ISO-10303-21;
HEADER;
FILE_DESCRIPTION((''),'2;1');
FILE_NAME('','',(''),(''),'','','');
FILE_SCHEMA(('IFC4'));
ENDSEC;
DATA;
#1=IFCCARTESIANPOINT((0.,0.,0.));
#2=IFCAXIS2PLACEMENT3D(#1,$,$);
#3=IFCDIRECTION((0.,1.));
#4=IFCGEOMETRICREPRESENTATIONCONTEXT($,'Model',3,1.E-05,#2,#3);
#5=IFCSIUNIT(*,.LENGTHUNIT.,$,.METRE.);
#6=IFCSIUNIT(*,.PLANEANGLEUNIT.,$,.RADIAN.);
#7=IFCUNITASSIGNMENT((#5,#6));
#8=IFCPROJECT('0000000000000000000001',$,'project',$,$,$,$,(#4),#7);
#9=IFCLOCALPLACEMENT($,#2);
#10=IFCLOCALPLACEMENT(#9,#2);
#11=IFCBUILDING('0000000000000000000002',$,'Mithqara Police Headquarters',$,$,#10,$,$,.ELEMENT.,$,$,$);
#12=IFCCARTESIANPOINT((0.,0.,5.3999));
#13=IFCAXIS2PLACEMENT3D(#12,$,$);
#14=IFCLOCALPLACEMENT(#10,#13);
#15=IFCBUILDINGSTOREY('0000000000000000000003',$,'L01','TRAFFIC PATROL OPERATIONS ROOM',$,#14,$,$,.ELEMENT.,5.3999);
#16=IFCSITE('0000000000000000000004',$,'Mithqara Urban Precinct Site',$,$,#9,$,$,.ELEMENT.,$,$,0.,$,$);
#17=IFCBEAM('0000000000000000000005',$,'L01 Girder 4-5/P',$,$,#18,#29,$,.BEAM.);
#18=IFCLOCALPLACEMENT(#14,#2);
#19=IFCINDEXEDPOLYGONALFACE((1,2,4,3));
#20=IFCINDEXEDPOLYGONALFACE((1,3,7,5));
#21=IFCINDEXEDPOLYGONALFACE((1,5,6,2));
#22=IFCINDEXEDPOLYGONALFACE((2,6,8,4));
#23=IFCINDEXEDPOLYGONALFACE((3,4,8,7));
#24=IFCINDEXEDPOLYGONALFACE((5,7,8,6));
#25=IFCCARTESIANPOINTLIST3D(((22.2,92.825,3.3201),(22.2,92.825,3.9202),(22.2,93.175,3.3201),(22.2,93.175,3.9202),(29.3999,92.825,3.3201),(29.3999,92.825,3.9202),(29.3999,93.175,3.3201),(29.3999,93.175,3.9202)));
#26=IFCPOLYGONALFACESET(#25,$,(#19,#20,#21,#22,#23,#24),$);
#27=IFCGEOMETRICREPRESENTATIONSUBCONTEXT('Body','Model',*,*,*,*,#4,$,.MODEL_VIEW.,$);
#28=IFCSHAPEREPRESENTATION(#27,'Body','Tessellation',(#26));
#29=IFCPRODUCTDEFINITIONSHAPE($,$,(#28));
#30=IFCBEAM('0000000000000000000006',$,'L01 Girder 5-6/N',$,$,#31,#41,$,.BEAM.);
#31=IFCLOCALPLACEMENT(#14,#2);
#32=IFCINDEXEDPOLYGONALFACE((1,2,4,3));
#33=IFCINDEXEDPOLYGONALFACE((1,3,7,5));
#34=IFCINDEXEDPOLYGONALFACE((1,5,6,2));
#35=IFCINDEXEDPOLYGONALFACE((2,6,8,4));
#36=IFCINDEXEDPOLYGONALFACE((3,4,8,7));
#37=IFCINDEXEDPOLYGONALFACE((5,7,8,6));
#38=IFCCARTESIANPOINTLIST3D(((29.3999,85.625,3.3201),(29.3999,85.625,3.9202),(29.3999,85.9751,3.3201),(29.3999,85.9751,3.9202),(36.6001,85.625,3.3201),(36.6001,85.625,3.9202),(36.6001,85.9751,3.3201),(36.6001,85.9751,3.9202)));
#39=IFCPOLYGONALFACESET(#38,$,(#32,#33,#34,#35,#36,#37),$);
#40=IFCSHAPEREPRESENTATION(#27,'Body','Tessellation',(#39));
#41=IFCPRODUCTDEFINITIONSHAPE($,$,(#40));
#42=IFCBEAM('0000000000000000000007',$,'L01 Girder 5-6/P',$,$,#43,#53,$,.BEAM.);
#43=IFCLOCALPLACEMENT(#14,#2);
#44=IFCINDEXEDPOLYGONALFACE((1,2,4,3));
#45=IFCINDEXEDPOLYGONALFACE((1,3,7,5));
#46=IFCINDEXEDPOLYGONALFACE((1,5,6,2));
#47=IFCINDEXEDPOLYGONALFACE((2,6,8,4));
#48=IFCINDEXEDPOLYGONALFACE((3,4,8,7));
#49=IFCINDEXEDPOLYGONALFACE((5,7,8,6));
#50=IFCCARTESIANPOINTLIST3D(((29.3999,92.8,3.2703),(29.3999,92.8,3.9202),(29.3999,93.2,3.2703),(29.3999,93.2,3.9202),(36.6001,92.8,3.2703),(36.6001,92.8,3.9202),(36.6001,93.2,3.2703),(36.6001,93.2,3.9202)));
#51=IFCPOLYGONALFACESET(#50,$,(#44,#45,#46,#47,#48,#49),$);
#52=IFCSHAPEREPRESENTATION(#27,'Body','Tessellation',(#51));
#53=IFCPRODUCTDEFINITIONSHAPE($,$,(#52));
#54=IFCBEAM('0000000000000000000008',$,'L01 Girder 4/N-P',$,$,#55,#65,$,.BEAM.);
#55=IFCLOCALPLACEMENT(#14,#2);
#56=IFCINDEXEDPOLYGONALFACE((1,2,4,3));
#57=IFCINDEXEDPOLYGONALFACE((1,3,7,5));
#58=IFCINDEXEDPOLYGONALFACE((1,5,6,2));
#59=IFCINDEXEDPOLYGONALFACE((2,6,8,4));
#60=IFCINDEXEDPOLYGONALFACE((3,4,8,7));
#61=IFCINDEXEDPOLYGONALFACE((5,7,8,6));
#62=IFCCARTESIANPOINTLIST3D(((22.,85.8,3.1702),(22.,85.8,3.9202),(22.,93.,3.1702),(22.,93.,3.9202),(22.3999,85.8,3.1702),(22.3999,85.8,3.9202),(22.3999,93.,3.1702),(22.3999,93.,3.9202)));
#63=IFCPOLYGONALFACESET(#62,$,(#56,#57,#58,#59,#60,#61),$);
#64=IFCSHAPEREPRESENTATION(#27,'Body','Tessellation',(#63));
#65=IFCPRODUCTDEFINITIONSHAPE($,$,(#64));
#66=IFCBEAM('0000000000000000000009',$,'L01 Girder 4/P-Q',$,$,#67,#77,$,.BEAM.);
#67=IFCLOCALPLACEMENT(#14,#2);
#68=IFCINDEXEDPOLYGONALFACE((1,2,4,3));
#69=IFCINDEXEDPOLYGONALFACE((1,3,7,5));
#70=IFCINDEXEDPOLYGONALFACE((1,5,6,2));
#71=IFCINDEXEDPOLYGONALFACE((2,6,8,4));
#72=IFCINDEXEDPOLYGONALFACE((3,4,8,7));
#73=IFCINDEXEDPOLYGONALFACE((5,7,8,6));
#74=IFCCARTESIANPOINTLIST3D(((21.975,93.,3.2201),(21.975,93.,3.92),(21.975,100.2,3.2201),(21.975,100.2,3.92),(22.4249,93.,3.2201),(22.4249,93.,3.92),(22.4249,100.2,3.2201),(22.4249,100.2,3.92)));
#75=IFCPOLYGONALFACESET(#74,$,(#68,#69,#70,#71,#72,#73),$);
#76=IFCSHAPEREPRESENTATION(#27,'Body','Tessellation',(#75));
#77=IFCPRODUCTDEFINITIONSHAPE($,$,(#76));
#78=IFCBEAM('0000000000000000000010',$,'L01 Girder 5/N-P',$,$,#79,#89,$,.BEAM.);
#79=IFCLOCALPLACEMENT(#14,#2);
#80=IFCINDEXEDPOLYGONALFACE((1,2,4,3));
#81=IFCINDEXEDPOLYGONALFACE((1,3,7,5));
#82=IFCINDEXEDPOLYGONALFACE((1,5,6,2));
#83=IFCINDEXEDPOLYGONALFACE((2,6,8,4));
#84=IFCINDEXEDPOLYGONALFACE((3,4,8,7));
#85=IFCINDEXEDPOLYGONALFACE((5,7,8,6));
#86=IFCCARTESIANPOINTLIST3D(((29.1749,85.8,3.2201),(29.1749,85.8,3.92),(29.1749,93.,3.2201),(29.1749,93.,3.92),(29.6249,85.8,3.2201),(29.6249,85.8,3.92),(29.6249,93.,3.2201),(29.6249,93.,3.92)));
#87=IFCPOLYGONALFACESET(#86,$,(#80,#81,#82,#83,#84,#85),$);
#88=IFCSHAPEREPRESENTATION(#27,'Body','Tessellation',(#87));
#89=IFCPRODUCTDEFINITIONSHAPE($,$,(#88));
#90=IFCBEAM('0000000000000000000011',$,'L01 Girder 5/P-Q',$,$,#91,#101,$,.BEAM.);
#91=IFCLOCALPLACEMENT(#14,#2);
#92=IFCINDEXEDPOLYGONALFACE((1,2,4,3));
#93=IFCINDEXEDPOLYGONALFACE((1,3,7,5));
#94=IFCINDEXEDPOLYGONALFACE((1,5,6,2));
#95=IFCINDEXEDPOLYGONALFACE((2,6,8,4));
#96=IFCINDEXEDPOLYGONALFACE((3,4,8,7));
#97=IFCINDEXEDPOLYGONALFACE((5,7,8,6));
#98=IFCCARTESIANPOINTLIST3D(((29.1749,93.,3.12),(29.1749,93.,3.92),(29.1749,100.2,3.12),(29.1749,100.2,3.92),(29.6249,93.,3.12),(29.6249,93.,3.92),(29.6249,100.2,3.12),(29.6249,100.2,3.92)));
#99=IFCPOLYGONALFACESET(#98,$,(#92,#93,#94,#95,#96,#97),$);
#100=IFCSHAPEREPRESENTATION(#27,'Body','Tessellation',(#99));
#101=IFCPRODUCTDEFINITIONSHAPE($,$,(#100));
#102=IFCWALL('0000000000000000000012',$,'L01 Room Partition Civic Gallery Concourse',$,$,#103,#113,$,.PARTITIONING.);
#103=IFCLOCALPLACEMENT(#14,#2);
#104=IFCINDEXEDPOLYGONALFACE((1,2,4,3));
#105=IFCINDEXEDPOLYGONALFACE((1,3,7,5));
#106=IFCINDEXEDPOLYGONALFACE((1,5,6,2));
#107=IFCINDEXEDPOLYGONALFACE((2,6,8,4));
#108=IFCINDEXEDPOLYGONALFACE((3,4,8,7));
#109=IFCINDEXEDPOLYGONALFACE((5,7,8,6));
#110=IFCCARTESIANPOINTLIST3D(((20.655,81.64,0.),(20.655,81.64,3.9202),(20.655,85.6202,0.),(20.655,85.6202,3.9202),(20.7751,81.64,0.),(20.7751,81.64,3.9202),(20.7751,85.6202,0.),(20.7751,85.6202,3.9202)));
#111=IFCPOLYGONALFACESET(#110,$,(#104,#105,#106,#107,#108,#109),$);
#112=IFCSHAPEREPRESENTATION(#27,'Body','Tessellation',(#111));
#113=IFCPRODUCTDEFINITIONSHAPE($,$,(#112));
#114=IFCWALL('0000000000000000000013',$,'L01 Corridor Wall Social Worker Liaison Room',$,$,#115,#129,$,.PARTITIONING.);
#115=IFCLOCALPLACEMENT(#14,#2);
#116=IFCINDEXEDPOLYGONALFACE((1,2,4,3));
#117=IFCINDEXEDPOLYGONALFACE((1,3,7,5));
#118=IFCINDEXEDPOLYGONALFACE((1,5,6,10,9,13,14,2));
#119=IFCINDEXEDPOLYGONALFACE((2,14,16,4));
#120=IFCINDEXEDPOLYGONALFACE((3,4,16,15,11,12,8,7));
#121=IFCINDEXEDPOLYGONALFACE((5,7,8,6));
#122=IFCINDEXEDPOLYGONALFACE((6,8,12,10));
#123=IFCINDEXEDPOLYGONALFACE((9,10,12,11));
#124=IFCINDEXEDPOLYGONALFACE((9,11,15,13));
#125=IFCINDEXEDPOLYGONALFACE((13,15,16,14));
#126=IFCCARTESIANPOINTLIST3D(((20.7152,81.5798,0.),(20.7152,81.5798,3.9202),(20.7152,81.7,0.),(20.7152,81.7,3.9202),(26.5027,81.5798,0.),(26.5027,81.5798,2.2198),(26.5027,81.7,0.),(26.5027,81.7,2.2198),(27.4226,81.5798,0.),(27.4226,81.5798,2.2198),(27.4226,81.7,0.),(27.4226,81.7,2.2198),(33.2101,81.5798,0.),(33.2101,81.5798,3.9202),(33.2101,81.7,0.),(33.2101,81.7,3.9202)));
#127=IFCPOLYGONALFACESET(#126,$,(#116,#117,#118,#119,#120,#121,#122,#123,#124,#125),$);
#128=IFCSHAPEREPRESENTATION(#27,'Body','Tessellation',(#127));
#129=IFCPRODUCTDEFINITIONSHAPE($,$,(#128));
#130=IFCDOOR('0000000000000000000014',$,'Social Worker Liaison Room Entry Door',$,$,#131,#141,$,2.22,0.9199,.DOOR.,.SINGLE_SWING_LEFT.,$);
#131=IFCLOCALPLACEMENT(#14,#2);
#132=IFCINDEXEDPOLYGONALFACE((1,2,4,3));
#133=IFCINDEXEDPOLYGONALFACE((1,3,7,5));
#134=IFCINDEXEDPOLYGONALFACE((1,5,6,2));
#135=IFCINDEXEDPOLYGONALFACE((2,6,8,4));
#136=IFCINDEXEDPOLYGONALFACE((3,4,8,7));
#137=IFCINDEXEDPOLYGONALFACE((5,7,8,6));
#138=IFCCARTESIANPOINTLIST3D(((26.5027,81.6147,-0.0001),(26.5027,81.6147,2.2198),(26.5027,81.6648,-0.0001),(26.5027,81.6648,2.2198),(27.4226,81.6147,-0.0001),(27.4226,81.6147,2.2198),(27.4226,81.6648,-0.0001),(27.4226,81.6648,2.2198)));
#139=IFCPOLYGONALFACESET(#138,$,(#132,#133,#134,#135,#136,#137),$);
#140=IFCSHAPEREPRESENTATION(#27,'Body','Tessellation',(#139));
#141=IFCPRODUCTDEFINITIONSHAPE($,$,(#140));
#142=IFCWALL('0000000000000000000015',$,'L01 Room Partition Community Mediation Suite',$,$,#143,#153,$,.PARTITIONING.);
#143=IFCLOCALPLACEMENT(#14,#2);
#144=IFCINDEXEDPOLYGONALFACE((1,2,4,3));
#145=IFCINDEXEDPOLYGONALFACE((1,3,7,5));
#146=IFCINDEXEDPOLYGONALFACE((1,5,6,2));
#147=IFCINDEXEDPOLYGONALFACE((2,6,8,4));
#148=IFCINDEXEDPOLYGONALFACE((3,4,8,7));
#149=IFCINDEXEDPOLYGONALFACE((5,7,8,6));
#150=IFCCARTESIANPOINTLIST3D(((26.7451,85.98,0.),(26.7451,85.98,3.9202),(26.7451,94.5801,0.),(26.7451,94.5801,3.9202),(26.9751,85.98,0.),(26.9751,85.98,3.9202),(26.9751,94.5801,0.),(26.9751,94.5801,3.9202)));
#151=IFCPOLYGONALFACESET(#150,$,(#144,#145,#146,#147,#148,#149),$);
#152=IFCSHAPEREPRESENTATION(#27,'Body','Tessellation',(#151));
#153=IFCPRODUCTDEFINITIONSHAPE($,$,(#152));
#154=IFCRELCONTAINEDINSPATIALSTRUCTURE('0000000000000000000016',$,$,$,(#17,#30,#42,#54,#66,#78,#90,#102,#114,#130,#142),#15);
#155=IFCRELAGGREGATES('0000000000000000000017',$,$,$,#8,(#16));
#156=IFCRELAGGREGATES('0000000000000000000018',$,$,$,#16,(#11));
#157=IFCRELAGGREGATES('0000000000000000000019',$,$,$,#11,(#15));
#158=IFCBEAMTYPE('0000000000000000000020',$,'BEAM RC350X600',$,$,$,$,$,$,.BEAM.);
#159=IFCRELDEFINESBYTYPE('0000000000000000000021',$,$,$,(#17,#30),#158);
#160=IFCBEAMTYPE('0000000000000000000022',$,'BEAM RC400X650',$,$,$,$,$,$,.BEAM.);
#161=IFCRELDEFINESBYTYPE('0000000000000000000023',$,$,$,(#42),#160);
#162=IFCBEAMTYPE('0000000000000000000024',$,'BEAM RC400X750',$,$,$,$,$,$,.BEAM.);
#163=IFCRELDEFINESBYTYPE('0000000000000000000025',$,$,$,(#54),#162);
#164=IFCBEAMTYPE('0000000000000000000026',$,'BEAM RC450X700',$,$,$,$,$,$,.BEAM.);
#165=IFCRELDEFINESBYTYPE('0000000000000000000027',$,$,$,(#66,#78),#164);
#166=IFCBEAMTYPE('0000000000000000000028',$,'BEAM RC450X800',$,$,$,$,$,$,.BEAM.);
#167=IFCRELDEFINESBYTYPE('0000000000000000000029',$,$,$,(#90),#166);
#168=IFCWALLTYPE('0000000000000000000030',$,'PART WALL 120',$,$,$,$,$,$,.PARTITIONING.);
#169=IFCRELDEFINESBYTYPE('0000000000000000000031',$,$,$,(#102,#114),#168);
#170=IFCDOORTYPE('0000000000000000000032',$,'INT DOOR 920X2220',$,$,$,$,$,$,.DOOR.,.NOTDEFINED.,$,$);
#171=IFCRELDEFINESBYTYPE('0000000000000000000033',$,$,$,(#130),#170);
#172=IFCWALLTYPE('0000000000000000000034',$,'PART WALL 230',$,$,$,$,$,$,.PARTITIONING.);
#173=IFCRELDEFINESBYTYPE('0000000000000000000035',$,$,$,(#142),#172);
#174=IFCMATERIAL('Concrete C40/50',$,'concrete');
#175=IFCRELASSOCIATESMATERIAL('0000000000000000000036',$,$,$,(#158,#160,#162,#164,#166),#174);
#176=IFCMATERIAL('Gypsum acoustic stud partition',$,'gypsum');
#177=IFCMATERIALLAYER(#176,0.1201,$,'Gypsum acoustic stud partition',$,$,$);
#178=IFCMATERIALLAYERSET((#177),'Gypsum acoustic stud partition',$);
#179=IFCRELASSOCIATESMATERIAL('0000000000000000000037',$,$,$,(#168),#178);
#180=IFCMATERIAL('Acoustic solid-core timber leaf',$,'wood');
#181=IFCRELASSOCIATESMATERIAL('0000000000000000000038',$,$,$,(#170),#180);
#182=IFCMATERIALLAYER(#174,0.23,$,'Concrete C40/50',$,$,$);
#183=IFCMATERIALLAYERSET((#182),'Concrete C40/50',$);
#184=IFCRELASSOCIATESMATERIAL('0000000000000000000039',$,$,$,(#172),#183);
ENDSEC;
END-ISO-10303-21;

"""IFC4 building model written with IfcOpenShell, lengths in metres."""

from ifc_helpers import new_model, si_unit, direction, frame, frame_2d, origin, origin_2d, place, context, subcontext, project, spatial, rectangle, extrude, material, layer, layer_set, material_profile, profile_set, type_object, element, fill, save


model = new_model("IFC4")

# Units and contexts
model_context = context("Model", 3, precision=1e-05, world=origin(), true_north=direction((0.0, 1.0)))
body_context = subcontext(model_context, "Body", "Model", "MODEL_VIEW")
ifc_project = project(units=[si_unit("LENGTHUNIT", "METRE"), si_unit("PLANEANGLEUNIT", "RADIAN")], contexts=[model_context])

# Site, building, storey
site_placement = place(None, origin())
site = spatial("IfcSite", under=ifc_project, at=site_placement, Name="Mithqara Urban Precinct Site", CompositionType="ELEMENT", RefElevation=0.0)
building_placement = place(site_placement, origin())
building = spatial("IfcBuilding", under=site, at=building_placement, Name="Mithqara Police Headquarters", CompositionType="ELEMENT")
storey_placement = place(building_placement, frame((0.0, 0.0, 5.3999)))
storey = spatial("IfcBuildingStorey", under=building, at=storey_placement, Name="L01", Description="TRAFFIC PATROL OPERATIONS ROOM", CompositionType="ELEMENT", Elevation=5.3999)

# Beams
ifc_material_1 = material(Name="Concrete C40/50", Category="concrete")
ifc_material_profile_1 = material_profile(ifc_material_1, rectangle(XDim=0.3501, YDim=0.6001, at=origin_2d()), Name="RC 350x600")
ifc_profile_set_1 = profile_set([ifc_material_profile_1], Name="Concrete C40/50")
beam_type_1 = type_object("IfcBeamType", Name="BEAM RC350X600", PredefinedType="BEAM", material=ifc_profile_set_1)
beam_1_placement = place(storey_placement, frame((22.2, 93.0, 3.6201), z_axis=(1.0, 0.0, 0.0), x_axis=(0.0, 1.0, 0.0)))
element("IfcBeam", 1, at=beam_1_placement, inside=storey, type_object=beam_type_1, Name="L01 Girder 4-5/P", PredefinedType="BEAM", context=body_context, shape_type="SweptSolid", body=[
    extrude(rectangle(XDim=0.3501, YDim=0.6001, at=origin_2d()), origin(), (0.0, 0.0, 1.0), 7.2),
])
beam_2_placement = place(storey_placement, frame((29.3999, 85.8, 3.6201), z_axis=(1.0, 0.0, 0.0), x_axis=(0.0, 1.0, 0.0)))
element("IfcBeam", 2, at=beam_2_placement, inside=storey, type_object=beam_type_1, Name="L01 Girder 5-6/N", PredefinedType="BEAM", context=body_context, shape_type="SweptSolid", body=[
    extrude(rectangle(XDim=0.3501, YDim=0.6001, at=origin_2d()), origin(), (0.0, 0.0, 1.0), 7.2002),
])
ifc_material_profile_2 = material_profile(ifc_material_1, rectangle(XDim=0.3999, YDim=0.6499, at=origin_2d()), Name="RC 400x650")
ifc_profile_set_2 = profile_set([ifc_material_profile_2], Name="Concrete C40/50")
beam_type_2 = type_object("IfcBeamType", Name="BEAM RC400X650", PredefinedType="BEAM", material=ifc_profile_set_2)
beam_3_placement = place(storey_placement, frame((29.3999, 93.0, 3.5952), z_axis=(1.0, 0.0, 0.0), x_axis=(0.0, 1.0, 0.0)))
element("IfcBeam", 3, at=beam_3_placement, inside=storey, type_object=beam_type_2, Name="L01 Girder 5-6/P", PredefinedType="BEAM", context=body_context, shape_type="SweptSolid", body=[
    extrude(rectangle(XDim=0.3999, YDim=0.6499, at=origin_2d()), origin(), (0.0, 0.0, 1.0), 7.2002),
])
ifc_material_profile_3 = material_profile(ifc_material_1, rectangle(XDim=0.3999, YDim=0.75, at=origin_2d()), Name="RC 400x750")
ifc_profile_set_3 = profile_set([ifc_material_profile_3], Name="Concrete C40/50")
beam_type_3 = type_object("IfcBeamType", Name="BEAM RC400X750", PredefinedType="BEAM", material=ifc_profile_set_3)
beam_4_placement = place(storey_placement, frame((22.2, 85.8, 3.5452), z_axis=(0.0, 1.0, 0.0), x_axis=(-1.0, 0.0, 0.0)))
element("IfcBeam", 4, at=beam_4_placement, inside=storey, type_object=beam_type_3, Name="L01 Girder 4/N-P", PredefinedType="BEAM", context=body_context, shape_type="SweptSolid", body=[
    extrude(rectangle(XDim=0.3999, YDim=0.75, at=origin_2d()), origin(), (0.0, 0.0, 1.0), 7.2),
])
ifc_material_profile_4 = material_profile(ifc_material_1, rectangle(XDim=0.45, YDim=0.7, at=origin_2d()), Name="RC 450x700")
ifc_profile_set_4 = profile_set([ifc_material_profile_4], Name="Concrete C40/50")
beam_type_4 = type_object("IfcBeamType", Name="BEAM RC450X700", PredefinedType="BEAM", material=ifc_profile_set_4)
for number, where, z_axis, x_axis, name in (
    (5, (22.2, 93.0, 3.5701), (0.0, 1.0, 0.0), (-1.0, 0.0, 0.0), "L01 Girder 4/P-Q"),
    (6, (29.3999, 85.8, 3.5701), (0.0, 1.0, 0.0), (-1.0, 0.0, 0.0), "L01 Girder 5/N-P"),
):
    element("IfcBeam", number, at=place(storey_placement, frame(where, z_axis=z_axis, x_axis=x_axis)), inside=storey, type_object=beam_type_4, Name=name, PredefinedType="BEAM", context=body_context, shape_type="SweptSolid", body=[
        extrude(rectangle(XDim=0.45, YDim=0.7, at=origin_2d()), origin(), (0.0, 0.0, 1.0), 7.2),
    ])
ifc_material_profile_5 = material_profile(ifc_material_1, rectangle(XDim=0.45, YDim=0.8, at=origin_2d()), Name="RC 450x800")
ifc_profile_set_5 = profile_set([ifc_material_profile_5], Name="Concrete C40/50")
beam_type_5 = type_object("IfcBeamType", Name="BEAM RC450X800", PredefinedType="BEAM", material=ifc_profile_set_5)
beam_5_placement = place(storey_placement, frame((29.3999, 93.0, 3.52), z_axis=(0.0, 1.0, 0.0), x_axis=(-1.0, 0.0, 0.0)))
element("IfcBeam", 7, at=beam_5_placement, inside=storey, type_object=beam_type_5, Name="L01 Girder 5/P-Q", PredefinedType="BEAM", context=body_context, shape_type="SweptSolid", body=[
    extrude(rectangle(XDim=0.45, YDim=0.8, at=origin_2d()), origin(), (0.0, 0.0, 1.0), 7.2),
])

# Wall
ifc_material_2 = material(Name="Gypsum acoustic stud partition", Category="gypsum")
ifc_layer_1 = layer(ifc_material_2, 0.1201, Name="Gypsum acoustic stud partition")
ifc_layer_set_1 = layer_set([ifc_layer_1], Name="Gypsum acoustic stud partition")
wall_type_1 = type_object("IfcWallType", Name="PART WALL 120", PredefinedType="PARTITIONING", material=ifc_layer_set_1)
wall_1_placement = place(storey_placement, frame((20.7151, 81.6399, 0.0), z_axis=(0.0, 0.0, 1.0), x_axis=(0.0, 1.0, 0.0)))
element("IfcWall", 8, at=wall_1_placement, inside=storey, type_object=wall_type_1, Name="L01 Room Partition Civic Gallery Concourse", PredefinedType="PARTITIONING", context=body_context, shape_type="SweptSolid", body=[
    extrude(rectangle(XDim=3.9802, YDim=0.1201, at=frame_2d((1.9902, 0.0))), origin(), (0.0, 0.0, 1.0), 3.9202),
])

# Wall, opening, door
wall_2_placement = place(storey_placement, frame((20.7151, 81.6399, 0.0), z_axis=(0.0, 0.0, 1.0), x_axis=(1.0, 0.0, 0.0)))
wall_2 = element("IfcWall", 9, at=wall_2_placement, inside=storey, type_object=wall_type_1, Name="L01 Corridor Wall Social Worker Liaison Room", PredefinedType="PARTITIONING", context=body_context, shape_type="SweptSolid", body=[
    extrude(rectangle(XDim=12.4949, YDim=0.1201, at=frame_2d((6.2476, 0.0))), origin(), (0.0, 0.0, 1.0), 3.9202),
])
opening_placement = place(wall_2_placement, frame((5.7876, 0.0, 0.0)))
opening = element("IfcOpeningElement", 10, at=opening_placement, cuts=wall_2, PredefinedType="OPENING", context=body_context, shape_type="SweptSolid", body=[
    extrude(rectangle(XDim=0.9199, YDim=2.22, at=frame_2d((0.46, 1.1099))), frame((0.0, 0.0701, 0.0), z_axis=(0.0, -1.0, 0.0), x_axis=(1.0, 0.0, 0.0)), (0.0, 0.0, 1.0), 0.1401),
])
ifc_material_3 = material(Name="Acoustic solid-core timber leaf", Category="wood")
door_type = type_object("IfcDoorType", Name="INT DOOR 920X2220", OperationType="NOTDEFINED", PredefinedType="DOOR", material=ifc_material_3)
door_placement = place(opening_placement, origin())
door = element("IfcDoor", 11, at=door_placement, inside=storey, type_object=door_type, Name="Social Worker Liaison Room Entry Door", OperationType="SINGLE_SWING_LEFT", OverallHeight=2.22, OverallWidth=0.9199, PredefinedType="DOOR", context=body_context, shape_type="SweptSolid", body=[
    extrude(rectangle(XDim=0.9199, YDim=2.22, at=frame_2d((0.46, 1.1099))), frame((0.0, 0.0249, 0.0), z_axis=(0.0, -1.0, 0.0), x_axis=(1.0, 0.0, 0.0)), (0.0, 0.0, 1.0), 0.05),
])
fill(opening, door)

# Wall
ifc_layer_2 = layer(ifc_material_1, 0.23, Name="Concrete C40/50")
ifc_layer_set_2 = layer_set([ifc_layer_2], Name="Concrete C40/50")
wall_type_2 = type_object("IfcWallType", Name="PART WALL 230", PredefinedType="PARTITIONING", material=ifc_layer_set_2)
wall_3_placement = place(storey_placement, frame((26.8601, 85.98, 0.0), z_axis=(0.0, 0.0, 1.0), x_axis=(0.0, 1.0, 0.0)))
element("IfcWall", 12, at=wall_3_placement, inside=storey, type_object=wall_type_2, Name="L01 Room Partition Community Mediation Suite", PredefinedType="PARTITIONING", context=body_context, shape_type="SweptSolid", body=[
    extrude(rectangle(XDim=8.6001, YDim=0.23, at=frame_2d((4.3, 0.0))), origin(), (0.0, 0.0, 1.0), 3.9202),
])

save(model, "model.ifc")
